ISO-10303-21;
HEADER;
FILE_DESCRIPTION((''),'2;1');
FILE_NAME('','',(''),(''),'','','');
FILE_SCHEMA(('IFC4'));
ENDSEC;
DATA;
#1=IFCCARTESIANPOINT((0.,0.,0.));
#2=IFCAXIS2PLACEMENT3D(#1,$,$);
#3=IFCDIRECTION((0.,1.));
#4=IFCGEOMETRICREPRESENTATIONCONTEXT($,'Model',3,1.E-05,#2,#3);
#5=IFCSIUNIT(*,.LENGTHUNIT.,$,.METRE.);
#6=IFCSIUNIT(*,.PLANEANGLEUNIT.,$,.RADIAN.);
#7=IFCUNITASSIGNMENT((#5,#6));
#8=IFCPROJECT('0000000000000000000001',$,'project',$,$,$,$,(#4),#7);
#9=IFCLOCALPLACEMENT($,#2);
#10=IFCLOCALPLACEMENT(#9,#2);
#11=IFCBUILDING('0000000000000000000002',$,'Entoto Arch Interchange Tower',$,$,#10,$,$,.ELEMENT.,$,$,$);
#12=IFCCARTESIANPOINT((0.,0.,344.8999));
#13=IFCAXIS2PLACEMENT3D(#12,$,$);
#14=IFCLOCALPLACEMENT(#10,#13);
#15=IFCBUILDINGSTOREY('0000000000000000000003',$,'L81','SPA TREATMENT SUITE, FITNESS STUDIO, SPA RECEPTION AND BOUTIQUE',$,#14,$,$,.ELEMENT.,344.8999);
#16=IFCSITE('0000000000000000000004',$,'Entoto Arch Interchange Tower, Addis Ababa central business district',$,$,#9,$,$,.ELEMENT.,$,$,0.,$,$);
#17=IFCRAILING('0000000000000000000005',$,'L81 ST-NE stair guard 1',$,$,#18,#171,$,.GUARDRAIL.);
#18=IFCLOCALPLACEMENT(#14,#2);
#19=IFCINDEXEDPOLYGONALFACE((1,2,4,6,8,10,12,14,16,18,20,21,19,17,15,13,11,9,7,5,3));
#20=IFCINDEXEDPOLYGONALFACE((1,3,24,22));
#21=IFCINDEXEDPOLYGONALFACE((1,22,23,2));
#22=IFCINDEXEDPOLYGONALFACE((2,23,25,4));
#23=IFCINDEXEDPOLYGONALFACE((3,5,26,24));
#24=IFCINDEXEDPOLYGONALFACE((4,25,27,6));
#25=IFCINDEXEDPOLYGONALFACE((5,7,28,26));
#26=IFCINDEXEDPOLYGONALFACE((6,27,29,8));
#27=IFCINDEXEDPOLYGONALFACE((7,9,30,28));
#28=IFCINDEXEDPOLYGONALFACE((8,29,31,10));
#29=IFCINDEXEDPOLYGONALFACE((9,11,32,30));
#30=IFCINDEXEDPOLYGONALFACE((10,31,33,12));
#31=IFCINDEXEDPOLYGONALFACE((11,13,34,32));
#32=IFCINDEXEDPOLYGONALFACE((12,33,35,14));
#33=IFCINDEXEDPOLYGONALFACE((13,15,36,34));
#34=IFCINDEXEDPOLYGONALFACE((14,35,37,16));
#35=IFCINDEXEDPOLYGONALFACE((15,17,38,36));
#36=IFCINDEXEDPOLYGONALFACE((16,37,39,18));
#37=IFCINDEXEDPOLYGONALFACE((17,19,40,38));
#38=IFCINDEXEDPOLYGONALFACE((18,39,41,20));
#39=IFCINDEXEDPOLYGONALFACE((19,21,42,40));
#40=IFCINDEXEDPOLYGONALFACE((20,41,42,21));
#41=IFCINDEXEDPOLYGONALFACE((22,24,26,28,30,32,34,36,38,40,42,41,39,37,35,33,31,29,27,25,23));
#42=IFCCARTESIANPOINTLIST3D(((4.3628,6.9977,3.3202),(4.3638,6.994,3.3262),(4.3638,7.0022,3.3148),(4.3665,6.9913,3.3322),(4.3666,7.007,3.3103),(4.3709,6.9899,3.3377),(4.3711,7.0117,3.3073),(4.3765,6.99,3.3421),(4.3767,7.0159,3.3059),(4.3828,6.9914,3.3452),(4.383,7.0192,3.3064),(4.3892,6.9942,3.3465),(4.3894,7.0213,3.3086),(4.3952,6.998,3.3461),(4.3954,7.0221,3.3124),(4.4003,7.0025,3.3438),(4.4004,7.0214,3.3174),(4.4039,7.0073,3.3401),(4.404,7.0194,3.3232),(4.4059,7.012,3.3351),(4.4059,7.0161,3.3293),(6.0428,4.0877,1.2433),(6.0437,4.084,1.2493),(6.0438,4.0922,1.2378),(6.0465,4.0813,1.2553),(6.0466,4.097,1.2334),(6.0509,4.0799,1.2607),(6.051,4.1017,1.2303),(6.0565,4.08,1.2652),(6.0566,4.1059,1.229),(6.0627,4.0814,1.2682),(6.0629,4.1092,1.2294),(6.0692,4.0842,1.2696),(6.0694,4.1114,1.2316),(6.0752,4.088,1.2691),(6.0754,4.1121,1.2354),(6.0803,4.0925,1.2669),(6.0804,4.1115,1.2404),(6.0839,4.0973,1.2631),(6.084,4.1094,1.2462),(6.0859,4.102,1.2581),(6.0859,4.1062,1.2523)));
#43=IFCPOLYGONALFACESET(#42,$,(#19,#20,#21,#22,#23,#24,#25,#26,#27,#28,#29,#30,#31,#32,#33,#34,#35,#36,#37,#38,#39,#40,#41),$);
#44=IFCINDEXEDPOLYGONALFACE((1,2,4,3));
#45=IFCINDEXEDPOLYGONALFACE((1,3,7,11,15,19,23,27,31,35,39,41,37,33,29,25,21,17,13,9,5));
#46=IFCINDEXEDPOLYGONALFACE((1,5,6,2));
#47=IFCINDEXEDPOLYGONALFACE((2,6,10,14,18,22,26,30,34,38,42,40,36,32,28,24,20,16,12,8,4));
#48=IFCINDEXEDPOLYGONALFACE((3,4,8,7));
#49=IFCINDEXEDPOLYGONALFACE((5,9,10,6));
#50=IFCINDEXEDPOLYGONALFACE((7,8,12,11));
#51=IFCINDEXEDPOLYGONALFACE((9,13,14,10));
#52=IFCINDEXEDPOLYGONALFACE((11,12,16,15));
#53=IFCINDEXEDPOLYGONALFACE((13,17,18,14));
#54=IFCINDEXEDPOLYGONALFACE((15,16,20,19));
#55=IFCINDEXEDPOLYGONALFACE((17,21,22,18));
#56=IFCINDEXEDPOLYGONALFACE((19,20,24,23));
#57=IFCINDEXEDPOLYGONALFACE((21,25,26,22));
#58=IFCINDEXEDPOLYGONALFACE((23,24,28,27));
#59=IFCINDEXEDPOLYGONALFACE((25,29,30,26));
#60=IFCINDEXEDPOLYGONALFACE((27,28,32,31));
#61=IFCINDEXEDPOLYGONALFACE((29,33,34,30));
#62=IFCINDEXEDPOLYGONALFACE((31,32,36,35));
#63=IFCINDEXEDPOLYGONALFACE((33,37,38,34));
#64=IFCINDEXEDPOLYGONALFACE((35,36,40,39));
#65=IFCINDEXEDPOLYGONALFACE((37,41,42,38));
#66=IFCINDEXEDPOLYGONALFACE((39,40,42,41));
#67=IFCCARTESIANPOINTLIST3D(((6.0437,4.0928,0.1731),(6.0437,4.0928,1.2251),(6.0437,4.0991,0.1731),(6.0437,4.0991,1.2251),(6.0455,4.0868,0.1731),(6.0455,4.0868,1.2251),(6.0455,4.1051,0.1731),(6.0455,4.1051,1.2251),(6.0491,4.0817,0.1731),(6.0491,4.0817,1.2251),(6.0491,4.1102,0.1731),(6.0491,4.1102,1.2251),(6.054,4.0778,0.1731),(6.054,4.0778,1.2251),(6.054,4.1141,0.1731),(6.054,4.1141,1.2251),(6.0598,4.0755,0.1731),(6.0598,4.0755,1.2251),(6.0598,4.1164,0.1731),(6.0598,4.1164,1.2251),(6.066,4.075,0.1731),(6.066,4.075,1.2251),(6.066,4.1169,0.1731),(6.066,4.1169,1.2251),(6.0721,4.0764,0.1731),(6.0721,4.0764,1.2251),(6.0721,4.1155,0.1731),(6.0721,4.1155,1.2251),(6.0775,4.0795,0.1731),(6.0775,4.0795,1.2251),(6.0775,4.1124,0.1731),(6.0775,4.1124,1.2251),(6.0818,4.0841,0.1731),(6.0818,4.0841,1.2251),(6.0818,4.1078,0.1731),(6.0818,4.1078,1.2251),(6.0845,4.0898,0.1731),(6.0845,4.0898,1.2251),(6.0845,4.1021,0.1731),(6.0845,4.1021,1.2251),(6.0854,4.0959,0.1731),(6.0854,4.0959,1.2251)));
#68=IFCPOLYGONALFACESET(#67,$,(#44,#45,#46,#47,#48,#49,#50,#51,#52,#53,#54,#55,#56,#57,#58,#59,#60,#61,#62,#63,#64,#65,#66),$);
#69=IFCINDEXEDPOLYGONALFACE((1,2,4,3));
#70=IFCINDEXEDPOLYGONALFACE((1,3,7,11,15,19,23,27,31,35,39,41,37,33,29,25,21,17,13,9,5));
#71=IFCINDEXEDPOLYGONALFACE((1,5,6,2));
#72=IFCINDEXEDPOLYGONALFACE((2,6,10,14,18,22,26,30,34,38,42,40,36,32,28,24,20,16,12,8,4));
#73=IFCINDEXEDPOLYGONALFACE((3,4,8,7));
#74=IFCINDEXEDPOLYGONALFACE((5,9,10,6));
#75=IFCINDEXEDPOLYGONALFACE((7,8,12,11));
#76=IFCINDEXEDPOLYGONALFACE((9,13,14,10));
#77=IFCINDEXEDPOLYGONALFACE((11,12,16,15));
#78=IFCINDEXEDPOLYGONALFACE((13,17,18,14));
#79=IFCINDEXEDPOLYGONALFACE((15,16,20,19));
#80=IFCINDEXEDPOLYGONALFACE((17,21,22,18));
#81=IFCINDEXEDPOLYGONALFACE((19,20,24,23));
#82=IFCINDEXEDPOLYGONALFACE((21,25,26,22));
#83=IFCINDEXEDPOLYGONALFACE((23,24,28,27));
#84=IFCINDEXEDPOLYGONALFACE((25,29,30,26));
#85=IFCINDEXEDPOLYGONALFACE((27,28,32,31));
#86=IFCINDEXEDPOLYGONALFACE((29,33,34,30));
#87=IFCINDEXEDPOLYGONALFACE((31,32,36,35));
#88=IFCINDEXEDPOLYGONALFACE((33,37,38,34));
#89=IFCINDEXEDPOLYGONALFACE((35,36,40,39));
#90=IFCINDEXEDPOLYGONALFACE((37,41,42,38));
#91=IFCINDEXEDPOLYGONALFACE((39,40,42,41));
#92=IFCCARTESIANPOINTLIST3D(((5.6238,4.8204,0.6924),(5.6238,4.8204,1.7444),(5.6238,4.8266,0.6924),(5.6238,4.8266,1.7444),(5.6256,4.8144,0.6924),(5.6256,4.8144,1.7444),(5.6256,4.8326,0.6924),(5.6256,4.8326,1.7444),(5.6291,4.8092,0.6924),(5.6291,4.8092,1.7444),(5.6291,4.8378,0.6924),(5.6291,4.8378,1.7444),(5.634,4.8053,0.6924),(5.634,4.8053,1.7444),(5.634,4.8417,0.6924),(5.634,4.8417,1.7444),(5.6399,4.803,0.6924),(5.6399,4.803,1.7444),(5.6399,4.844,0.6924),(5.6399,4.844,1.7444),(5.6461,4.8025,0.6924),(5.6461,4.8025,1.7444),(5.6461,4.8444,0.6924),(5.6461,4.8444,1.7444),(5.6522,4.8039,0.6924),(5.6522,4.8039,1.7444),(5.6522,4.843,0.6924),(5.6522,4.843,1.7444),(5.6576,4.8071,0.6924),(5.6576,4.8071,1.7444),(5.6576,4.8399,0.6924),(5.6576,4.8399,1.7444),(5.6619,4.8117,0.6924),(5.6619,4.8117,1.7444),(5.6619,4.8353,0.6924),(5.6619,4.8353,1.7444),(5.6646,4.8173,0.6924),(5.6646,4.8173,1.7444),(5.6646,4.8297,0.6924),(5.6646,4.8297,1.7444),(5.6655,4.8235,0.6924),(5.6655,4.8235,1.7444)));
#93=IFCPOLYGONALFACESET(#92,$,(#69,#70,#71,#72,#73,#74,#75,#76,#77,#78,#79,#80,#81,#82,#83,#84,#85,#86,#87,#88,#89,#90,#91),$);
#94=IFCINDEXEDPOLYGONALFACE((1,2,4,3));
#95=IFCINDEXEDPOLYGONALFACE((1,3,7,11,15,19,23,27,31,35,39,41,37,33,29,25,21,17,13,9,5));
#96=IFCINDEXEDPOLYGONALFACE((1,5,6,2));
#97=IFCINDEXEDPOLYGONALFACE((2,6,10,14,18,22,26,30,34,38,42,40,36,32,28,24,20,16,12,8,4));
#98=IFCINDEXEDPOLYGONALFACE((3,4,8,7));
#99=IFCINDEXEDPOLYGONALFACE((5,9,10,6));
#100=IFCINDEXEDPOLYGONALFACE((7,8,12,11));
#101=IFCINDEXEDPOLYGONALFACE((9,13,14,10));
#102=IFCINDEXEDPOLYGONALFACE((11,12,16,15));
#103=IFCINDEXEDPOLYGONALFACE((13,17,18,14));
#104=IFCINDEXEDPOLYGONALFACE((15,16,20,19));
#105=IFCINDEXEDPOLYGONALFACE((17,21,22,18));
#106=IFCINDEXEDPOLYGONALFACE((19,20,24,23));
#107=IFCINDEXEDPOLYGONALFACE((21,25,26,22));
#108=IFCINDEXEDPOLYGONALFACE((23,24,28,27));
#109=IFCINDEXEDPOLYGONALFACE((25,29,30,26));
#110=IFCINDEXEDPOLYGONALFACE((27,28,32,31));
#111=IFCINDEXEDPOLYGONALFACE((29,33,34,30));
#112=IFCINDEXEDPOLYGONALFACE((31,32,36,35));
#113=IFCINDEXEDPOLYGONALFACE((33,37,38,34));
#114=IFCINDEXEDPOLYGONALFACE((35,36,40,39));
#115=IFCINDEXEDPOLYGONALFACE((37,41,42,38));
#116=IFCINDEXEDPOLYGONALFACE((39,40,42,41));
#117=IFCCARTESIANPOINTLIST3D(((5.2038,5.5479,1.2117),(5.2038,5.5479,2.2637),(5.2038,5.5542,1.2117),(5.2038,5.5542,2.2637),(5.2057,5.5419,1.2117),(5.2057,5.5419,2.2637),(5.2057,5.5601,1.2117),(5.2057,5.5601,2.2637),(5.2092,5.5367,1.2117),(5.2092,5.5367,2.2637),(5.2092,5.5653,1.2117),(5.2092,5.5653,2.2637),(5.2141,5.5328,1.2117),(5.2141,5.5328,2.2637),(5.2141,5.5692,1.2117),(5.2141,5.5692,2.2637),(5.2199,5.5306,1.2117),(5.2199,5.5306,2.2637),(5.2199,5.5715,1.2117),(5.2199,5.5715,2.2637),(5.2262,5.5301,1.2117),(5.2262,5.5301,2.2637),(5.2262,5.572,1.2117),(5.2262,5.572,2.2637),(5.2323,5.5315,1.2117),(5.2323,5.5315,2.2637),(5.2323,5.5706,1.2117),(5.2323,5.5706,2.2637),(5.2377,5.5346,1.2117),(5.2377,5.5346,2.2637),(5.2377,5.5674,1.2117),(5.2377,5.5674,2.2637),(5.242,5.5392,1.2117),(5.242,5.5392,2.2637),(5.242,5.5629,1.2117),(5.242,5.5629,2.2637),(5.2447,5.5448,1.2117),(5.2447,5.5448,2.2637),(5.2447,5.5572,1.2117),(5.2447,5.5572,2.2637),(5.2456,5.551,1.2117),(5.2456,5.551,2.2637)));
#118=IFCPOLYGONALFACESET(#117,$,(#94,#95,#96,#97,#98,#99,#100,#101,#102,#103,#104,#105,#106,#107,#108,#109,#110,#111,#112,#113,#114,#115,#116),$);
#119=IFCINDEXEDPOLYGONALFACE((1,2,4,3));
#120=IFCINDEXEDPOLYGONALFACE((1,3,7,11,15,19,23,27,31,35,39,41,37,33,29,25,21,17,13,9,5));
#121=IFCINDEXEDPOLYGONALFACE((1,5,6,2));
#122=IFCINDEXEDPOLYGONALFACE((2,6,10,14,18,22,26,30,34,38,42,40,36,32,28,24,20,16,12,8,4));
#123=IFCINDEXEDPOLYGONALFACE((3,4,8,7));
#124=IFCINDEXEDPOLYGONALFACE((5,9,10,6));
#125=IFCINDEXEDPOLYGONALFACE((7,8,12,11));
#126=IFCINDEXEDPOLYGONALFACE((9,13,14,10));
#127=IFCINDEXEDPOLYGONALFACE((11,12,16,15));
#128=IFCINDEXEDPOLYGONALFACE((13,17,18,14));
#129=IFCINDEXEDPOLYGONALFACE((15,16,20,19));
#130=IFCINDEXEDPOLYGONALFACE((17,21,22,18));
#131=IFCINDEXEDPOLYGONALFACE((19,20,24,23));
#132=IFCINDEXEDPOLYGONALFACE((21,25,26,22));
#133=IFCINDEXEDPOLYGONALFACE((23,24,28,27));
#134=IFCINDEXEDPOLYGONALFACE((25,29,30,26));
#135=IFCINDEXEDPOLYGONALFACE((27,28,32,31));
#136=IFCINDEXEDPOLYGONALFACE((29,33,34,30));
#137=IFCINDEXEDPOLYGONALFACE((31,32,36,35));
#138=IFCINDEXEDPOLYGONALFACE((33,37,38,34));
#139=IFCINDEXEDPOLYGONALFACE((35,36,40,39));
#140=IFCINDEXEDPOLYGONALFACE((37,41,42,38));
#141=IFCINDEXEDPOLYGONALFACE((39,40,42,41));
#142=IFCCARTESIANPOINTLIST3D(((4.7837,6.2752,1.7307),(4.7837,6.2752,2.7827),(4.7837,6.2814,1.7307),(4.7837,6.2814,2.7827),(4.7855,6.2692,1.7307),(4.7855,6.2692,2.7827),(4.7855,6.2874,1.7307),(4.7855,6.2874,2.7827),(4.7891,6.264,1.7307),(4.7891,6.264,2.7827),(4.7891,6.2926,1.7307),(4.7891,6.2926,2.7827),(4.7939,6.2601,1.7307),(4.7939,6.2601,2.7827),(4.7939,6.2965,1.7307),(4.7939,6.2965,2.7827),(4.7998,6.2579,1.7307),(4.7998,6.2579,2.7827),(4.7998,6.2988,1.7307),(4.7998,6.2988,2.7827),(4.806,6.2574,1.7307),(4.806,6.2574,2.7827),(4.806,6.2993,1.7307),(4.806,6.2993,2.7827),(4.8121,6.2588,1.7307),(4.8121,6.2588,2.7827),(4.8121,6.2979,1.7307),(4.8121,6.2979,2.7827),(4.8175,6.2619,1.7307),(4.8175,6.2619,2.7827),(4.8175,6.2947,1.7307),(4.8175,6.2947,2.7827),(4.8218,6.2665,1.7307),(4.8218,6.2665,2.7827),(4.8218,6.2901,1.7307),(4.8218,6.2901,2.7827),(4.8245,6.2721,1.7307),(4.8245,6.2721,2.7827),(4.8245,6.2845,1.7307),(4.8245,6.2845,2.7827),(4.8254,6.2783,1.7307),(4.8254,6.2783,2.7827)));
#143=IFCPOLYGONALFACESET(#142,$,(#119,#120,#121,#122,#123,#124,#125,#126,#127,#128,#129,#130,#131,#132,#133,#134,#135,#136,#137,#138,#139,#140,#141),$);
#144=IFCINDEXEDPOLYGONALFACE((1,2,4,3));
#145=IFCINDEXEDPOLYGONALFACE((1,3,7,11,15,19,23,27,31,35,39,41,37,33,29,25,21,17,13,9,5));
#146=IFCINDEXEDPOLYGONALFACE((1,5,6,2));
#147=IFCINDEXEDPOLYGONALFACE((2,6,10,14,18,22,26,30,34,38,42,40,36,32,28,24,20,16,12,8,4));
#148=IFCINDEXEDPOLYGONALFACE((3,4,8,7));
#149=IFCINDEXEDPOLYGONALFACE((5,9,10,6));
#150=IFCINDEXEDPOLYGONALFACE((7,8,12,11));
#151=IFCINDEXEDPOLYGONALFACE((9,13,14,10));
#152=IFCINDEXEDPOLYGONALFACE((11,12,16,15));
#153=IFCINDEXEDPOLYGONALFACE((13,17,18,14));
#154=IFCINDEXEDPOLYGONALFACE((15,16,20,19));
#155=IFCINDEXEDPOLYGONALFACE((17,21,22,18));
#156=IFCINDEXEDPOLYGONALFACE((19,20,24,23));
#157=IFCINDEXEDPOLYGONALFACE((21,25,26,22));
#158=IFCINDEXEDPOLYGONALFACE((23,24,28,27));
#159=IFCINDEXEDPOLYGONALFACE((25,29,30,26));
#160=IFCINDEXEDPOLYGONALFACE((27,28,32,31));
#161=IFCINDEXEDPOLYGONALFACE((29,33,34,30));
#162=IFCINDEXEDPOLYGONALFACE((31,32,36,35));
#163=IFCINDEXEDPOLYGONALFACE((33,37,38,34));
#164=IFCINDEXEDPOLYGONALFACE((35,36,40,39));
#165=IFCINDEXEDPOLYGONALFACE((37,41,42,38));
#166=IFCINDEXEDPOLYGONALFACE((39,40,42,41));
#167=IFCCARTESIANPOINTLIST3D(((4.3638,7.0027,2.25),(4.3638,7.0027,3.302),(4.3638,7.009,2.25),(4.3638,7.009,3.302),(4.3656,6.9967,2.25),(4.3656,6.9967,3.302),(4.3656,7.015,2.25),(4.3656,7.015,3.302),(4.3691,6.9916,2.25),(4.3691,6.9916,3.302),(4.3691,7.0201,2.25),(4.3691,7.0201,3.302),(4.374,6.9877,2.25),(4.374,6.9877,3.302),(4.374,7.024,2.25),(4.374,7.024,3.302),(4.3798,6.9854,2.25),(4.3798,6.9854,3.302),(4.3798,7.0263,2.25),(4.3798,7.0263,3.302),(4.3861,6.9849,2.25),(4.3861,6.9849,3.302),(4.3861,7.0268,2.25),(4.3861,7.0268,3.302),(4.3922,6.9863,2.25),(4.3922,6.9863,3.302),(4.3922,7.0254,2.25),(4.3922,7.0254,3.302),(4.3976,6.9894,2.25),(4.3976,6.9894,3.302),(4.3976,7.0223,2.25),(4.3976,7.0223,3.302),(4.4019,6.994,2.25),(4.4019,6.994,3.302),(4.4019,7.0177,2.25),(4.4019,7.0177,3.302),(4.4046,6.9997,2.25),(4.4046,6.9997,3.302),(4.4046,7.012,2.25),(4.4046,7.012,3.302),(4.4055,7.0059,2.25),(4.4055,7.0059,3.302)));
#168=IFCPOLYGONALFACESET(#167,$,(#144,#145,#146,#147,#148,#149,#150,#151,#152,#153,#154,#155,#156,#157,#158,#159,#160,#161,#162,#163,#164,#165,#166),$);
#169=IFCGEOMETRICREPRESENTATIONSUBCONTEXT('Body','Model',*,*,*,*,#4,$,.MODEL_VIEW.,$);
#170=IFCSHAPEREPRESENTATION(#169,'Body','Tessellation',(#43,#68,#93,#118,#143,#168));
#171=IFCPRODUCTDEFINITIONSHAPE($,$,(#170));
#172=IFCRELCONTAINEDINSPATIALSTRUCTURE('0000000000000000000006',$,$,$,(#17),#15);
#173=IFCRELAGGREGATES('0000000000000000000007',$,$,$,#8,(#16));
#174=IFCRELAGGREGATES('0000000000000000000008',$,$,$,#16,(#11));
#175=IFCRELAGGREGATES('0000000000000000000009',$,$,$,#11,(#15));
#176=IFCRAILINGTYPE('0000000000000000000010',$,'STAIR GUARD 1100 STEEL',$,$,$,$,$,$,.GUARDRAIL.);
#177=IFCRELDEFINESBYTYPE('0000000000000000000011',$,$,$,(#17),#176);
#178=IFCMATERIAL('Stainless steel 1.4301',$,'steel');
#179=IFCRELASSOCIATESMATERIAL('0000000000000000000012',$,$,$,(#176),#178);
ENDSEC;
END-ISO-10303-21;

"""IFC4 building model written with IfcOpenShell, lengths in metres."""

from ifc_helpers import new_model, si_unit, direction, frame, origin, origin_2d, place, context, subcontext, project, spatial, circle, extrude, material, type_object, element, save


model = new_model("IFC4")

# Units and contexts
model_context = context("Model", 3, precision=1e-05, world=origin(), true_north=direction((0.0, 1.0)))
body_context = subcontext(model_context, "Body", "Model", "MODEL_VIEW")
ifc_project = project(units=[si_unit("LENGTHUNIT", "METRE"), si_unit("PLANEANGLEUNIT", "RADIAN")], contexts=[model_context])

# Site, building, storey
site_placement = place(None, origin())
site = spatial("IfcSite", under=ifc_project, at=site_placement, Name="Entoto Arch Interchange Tower, Addis Ababa central business district", CompositionType="ELEMENT", RefElevation=0.0)
building_placement = place(site_placement, origin())
building = spatial("IfcBuilding", under=site, at=building_placement, Name="Entoto Arch Interchange Tower", CompositionType="ELEMENT")
storey_placement = place(building_placement, frame((0.0, 0.0, 344.8999)))
storey = spatial("IfcBuildingStorey", under=building, at=storey_placement, Name="L81", Description="SPA TREATMENT SUITE, FITNESS STUDIO, SPA RECEPTION AND BOUTIQUE", CompositionType="ELEMENT", Elevation=344.8999)

# Railing
ifc_material_1 = material(Name="Stainless steel 1.4301", Category="steel")
railing_type_1 = type_object("IfcRailingType", Name="STAIR GUARD 1100 STEEL", PredefinedType="GUARDRAIL", material=ifc_material_1)
railing_1_placement = place(storey_placement, frame((6.0645, 4.0959, 0.1731)))
element("IfcRailing", 1, at=railing_1_placement, inside=storey, type_object=railing_type_1, Name="L81 ST-NE stair guard 1", PredefinedType="GUARDRAIL", context=body_context, shape_type="SweptSolid", body=[
    extrude(circle(Radius=0.0239, at=origin_2d()), frame((0.0, 0.0, 1.0762), z_axis=(-0.425288, 0.736668, 0.525785), x_axis=(-0.866039, -0.499976, 0.0)), (0.0, 0.0, 1.0), 3.9502),
    extrude(circle(Radius=0.021, at=origin_2d()), origin(), (0.0, 0.0, 1.0), 1.052),
    extrude(circle(Radius=0.021, at=origin_2d()), frame((-0.4199, 0.7275, 0.5193)), (0.0, 0.0, 1.0), 1.052),
    extrude(circle(Radius=0.021, at=origin_2d()), frame((-0.8398, 1.4551, 1.0386)), (0.0, 0.0, 1.0), 1.052),
    extrude(circle(Radius=0.021, at=origin_2d()), frame((-1.26, 2.1824, 1.5576)), (0.0, 0.0, 1.0), 1.052),
    extrude(circle(Radius=0.021, at=origin_2d()), frame((-1.6799, 2.9099, 2.0769)), (0.0, 0.0, 1.0), 1.052),
])

save(model, "model.ifc")
